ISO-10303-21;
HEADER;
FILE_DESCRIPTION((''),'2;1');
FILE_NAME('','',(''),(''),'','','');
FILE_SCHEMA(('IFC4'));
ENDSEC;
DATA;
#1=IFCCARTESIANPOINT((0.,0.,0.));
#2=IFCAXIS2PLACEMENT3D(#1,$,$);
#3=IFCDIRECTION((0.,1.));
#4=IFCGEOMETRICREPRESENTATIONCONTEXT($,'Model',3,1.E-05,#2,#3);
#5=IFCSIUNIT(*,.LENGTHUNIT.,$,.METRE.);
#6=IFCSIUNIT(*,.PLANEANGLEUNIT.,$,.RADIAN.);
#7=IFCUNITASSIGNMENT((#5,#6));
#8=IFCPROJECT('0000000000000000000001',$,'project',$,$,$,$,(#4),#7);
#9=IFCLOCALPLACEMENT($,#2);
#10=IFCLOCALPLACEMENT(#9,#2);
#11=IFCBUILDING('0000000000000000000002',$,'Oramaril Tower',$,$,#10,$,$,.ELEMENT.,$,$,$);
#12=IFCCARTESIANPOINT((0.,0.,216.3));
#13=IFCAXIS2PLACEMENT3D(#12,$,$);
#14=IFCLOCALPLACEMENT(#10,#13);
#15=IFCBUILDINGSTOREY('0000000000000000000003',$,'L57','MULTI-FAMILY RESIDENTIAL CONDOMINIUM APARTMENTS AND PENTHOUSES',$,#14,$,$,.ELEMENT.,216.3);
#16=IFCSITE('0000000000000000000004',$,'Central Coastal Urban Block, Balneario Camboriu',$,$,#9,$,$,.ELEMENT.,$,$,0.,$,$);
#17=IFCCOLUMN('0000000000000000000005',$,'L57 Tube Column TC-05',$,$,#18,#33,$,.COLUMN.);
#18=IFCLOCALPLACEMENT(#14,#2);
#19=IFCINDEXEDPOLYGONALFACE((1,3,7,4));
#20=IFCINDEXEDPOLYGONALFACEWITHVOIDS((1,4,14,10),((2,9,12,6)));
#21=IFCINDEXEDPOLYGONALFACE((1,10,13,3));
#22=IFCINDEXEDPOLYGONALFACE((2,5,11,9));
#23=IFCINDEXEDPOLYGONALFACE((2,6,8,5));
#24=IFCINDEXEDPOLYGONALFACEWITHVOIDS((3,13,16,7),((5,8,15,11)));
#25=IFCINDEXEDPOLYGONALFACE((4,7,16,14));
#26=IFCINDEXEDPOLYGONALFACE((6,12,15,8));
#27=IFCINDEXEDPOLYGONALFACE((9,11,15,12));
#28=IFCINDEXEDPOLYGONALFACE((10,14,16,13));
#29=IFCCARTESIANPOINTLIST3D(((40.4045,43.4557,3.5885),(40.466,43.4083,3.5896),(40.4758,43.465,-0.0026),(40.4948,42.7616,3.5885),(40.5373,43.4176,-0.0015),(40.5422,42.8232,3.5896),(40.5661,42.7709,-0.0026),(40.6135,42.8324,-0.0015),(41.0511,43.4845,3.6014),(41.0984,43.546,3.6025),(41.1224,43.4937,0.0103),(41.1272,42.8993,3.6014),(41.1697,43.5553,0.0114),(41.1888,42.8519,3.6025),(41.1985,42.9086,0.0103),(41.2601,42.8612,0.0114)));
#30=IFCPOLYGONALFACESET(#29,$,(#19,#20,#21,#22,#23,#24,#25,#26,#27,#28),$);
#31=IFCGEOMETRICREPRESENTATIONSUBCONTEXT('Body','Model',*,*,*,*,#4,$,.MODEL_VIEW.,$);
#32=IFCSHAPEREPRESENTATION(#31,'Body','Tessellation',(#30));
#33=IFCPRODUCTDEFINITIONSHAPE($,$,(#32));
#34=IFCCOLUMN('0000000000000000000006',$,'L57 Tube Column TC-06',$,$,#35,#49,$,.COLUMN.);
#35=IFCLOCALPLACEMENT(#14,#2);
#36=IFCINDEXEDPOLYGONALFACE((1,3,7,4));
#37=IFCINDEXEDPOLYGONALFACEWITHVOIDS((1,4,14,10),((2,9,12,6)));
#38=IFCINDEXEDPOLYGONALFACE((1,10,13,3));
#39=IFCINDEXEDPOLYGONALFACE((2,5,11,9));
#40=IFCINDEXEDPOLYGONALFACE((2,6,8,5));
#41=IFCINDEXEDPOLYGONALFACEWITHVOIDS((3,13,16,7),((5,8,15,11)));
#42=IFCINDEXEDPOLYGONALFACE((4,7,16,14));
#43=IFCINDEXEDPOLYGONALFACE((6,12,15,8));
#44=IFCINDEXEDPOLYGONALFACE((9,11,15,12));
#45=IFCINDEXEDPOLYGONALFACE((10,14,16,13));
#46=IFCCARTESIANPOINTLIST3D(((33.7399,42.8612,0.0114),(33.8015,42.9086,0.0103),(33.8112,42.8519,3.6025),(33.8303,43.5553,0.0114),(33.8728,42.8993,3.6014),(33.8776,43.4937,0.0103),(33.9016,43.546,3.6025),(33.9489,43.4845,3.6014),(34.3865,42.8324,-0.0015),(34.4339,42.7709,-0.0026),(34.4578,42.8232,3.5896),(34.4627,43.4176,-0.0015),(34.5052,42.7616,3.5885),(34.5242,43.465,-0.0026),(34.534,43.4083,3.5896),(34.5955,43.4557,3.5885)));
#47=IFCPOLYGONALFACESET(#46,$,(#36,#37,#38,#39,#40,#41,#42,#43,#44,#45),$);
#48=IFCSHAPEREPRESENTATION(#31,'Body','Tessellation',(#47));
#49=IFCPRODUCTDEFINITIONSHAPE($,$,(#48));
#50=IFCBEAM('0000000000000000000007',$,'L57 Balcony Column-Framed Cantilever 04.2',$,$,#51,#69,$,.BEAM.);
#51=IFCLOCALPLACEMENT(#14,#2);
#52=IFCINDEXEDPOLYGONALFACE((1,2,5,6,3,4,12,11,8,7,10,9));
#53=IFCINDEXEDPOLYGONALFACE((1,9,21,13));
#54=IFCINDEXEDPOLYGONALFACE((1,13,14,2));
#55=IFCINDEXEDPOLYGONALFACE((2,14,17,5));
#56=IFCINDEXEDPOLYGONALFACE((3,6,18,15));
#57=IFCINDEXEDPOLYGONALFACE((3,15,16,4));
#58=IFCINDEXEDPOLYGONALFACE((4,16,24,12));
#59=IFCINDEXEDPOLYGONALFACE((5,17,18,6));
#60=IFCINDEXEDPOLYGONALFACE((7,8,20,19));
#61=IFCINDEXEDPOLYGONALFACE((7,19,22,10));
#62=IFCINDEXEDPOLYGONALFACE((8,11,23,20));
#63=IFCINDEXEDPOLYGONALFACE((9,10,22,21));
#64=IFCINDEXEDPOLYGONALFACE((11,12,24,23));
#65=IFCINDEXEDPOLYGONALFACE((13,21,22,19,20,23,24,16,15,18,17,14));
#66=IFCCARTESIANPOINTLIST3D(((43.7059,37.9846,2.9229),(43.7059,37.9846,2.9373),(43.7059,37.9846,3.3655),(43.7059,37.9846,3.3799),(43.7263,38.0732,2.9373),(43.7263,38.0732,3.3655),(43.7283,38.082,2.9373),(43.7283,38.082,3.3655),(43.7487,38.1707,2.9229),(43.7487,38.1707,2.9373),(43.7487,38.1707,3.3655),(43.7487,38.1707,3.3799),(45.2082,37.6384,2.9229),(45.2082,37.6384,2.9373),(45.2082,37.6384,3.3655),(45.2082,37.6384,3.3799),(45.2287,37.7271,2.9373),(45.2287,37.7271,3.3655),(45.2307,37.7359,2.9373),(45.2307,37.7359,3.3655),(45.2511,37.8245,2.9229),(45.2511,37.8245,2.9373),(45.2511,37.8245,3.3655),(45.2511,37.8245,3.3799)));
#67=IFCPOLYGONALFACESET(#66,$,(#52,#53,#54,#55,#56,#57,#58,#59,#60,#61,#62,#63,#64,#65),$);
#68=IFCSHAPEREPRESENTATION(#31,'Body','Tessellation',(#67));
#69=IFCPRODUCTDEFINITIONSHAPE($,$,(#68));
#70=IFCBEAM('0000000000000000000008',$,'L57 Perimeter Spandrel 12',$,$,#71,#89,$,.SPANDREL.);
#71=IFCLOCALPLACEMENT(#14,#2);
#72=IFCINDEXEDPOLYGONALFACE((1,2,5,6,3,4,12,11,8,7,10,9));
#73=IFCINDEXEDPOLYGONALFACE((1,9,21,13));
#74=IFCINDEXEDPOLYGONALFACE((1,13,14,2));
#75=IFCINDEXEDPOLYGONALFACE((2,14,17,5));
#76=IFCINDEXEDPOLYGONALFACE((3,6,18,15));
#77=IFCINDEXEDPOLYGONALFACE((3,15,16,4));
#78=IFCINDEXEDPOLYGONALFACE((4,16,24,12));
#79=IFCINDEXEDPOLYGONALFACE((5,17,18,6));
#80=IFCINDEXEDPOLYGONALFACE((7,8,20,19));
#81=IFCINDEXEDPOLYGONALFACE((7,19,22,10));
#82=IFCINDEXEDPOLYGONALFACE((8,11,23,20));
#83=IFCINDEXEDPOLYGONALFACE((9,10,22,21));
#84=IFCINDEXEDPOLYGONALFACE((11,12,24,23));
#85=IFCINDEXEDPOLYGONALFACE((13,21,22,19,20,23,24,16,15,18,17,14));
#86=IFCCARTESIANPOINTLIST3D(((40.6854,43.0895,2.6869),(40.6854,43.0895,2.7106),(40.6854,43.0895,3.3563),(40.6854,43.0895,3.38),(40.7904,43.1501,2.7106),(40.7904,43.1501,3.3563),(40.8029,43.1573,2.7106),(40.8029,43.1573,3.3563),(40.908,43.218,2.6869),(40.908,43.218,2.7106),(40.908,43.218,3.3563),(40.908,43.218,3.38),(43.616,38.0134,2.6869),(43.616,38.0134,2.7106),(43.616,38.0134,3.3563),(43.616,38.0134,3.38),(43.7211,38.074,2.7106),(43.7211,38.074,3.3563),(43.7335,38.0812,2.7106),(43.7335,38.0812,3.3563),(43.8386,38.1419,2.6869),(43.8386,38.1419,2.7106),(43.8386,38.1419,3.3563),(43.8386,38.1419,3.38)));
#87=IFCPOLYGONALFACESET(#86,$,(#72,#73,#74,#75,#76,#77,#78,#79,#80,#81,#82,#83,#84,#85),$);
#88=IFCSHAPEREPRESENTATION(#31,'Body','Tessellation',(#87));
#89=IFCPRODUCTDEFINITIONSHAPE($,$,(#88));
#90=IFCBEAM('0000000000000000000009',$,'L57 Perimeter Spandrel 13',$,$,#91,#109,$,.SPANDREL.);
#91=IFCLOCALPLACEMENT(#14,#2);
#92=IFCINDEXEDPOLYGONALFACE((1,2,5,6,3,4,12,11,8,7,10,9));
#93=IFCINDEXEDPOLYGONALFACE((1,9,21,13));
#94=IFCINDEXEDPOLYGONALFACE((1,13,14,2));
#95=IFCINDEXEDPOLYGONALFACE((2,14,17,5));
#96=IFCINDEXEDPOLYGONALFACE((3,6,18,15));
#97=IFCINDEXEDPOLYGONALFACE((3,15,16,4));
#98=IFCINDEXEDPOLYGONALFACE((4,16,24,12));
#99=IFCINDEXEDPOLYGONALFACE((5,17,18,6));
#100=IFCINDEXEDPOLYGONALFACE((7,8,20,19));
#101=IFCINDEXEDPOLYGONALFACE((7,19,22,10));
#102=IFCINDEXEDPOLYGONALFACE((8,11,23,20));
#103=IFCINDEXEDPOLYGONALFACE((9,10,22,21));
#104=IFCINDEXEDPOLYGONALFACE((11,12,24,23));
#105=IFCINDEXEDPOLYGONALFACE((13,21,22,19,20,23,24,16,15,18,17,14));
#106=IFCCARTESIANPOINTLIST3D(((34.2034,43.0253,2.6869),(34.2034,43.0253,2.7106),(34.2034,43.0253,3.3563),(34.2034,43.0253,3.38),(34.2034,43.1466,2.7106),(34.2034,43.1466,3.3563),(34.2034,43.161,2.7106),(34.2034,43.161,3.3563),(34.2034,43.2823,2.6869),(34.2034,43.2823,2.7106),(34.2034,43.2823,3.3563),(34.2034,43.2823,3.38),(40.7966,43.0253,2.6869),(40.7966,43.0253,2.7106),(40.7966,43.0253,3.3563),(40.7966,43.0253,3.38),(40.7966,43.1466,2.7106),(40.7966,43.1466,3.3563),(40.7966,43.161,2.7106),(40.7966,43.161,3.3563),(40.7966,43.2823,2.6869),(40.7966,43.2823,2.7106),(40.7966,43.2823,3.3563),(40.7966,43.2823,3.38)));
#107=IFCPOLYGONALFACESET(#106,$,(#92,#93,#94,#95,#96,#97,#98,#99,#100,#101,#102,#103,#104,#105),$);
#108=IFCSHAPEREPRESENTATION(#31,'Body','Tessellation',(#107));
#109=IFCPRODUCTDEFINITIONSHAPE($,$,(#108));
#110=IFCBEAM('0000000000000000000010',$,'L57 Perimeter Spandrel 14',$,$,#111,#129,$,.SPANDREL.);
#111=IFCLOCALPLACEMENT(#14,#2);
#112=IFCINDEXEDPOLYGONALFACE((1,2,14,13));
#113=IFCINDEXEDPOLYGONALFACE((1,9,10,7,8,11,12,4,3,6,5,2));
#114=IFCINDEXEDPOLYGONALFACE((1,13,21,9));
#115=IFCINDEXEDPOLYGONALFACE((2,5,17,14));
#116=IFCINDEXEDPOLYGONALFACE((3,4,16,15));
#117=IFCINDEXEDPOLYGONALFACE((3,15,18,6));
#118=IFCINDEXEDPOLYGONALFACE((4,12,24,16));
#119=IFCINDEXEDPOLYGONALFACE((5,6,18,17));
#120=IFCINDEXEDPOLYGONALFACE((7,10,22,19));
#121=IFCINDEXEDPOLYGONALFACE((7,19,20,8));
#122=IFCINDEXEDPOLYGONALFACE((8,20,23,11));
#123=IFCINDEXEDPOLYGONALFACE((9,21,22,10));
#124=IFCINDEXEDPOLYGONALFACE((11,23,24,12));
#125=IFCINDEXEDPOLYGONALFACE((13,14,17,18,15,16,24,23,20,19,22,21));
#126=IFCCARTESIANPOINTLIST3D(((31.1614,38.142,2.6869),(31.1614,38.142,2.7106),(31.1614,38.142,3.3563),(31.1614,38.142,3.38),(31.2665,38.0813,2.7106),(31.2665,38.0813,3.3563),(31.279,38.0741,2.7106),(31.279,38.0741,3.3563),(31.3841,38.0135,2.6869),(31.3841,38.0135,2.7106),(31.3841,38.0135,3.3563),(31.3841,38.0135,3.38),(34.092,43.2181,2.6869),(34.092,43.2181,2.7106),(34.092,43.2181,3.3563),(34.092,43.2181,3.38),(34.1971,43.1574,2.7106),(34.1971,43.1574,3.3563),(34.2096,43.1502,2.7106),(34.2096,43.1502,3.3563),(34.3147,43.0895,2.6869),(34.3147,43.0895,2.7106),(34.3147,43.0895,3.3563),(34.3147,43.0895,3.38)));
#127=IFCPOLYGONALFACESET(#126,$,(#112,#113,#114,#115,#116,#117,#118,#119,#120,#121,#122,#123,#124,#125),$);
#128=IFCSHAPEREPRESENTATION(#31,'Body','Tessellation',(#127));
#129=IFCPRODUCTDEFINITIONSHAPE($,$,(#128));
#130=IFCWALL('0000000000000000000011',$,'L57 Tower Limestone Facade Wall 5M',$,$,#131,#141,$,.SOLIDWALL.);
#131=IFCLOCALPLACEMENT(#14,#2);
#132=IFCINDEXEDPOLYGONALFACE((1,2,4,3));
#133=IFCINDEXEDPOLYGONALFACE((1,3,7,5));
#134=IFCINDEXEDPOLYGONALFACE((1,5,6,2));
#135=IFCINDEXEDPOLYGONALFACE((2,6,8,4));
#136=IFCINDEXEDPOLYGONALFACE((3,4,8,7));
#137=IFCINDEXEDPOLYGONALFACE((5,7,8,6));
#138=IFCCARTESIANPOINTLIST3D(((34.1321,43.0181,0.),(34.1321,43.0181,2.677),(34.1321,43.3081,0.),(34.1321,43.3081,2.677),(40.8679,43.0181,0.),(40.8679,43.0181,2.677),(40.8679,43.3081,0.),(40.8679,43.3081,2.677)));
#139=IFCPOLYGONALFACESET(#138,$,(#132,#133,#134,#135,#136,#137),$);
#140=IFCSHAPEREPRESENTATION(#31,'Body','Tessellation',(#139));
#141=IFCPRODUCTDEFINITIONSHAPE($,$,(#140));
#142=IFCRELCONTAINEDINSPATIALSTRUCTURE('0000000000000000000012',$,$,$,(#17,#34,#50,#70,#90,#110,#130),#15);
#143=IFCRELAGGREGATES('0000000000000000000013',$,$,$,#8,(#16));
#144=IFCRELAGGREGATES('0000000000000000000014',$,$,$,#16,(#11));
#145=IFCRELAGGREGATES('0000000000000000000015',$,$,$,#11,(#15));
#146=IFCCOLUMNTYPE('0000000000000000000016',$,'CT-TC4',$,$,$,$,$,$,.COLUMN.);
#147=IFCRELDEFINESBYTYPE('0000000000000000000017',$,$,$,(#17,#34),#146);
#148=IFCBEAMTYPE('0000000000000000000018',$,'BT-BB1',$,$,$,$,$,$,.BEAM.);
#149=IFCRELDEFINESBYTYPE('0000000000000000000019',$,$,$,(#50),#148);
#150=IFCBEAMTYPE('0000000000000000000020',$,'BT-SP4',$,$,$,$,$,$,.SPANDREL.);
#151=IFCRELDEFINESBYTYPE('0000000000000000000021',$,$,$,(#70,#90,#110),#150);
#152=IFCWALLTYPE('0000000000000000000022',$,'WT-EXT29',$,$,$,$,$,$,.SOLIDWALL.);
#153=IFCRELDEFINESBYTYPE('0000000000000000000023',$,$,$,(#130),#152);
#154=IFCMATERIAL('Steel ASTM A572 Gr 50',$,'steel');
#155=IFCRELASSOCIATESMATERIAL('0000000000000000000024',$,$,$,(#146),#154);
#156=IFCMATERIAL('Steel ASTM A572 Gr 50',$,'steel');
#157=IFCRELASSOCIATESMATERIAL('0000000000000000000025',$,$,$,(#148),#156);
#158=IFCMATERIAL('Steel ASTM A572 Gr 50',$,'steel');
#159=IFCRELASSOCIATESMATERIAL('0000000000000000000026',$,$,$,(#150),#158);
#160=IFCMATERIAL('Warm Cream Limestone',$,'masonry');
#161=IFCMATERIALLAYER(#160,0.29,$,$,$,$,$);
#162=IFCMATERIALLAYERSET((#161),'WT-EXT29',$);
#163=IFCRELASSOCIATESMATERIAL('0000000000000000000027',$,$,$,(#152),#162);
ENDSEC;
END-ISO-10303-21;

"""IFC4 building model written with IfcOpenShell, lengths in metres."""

from ifc_helpers import new_model, si_unit, direction, frame, frame_2d, origin, origin_2d, place, context, subcontext, project, spatial, rectangle, hollow_rectangle, i_section, extrude, material, layer, layer_set, material_profile, profile_set, type_object, element, save


model = new_model("IFC4")

# Units and contexts
model_context = context("Model", 3, precision=1e-05, world=origin(), true_north=direction((0.0, 1.0)))
body_context = subcontext(model_context, "Body", "Model", "MODEL_VIEW")
ifc_project = project(units=[si_unit("LENGTHUNIT", "METRE"), si_unit("PLANEANGLEUNIT", "RADIAN")], contexts=[model_context])

# Site, building, storey
site_placement = place(None, origin())
site = spatial("IfcSite", under=ifc_project, at=site_placement, Name="Central Coastal Urban Block, Balneario Camboriu", CompositionType="ELEMENT", RefElevation=0.0)
building_placement = place(site_placement, origin())
building = spatial("IfcBuilding", under=site, at=building_placement, Name="Oramaril Tower", CompositionType="ELEMENT")
storey_placement = place(building_placement, frame((0.0, 0.0, 216.3)))
storey = spatial("IfcBuildingStorey", under=building, at=storey_placement, Name="L57", Description="MULTI-FAMILY RESIDENTIAL CONDOMINIUM APARTMENTS AND PENTHOUSES", CompositionType="ELEMENT", Elevation=216.3)

# Columns
ifc_material_1 = material(Name="Steel ASTM A572 Gr 50", Category="steel")
ifc_material_profile_1 = material_profile(ifc_material_1, hollow_rectangle(XDim=0.7, YDim=0.7, WallThickness=0.0549, at=origin_2d()), Name="BOX700X700X55")
ifc_profile_set_1 = profile_set([ifc_material_profile_1], Name="Steel ASTM A572 Gr 50")
column_type = type_object("IfcColumnType", Name="CT-TC4", PredefinedType="COLUMN", material=ifc_profile_set_1)
for number, where, z_axis, x_axis, name in (
    (1, (40.8679, 43.1631, 0.0044), (-0.019848, -0.002583, 0.9998), (0.129049, -0.991638, 0.0), "L57 Tube Column TC-05"),
    (2, (34.1321, 43.1631, 0.0044), (0.019848, -0.002583, 0.9998), (0.129049, 0.991638, 0.0), "L57 Tube Column TC-06"),
):
    element("IfcColumn", number, at=place(storey_placement, frame(where, z_axis=z_axis, x_axis=x_axis)), inside=storey, type_object=column_type, Name=name, PredefinedType="COLUMN", context=body_context, shape_type="SweptSolid", body=[
        extrude(hollow_rectangle(XDim=0.7, YDim=0.7, WallThickness=0.0549, at=origin_2d()), origin(), (0.0, 0.0, 1.0), 3.5918),
    ])

# Beams
ifc_material_2 = material(Name="Steel ASTM A572 Gr 50", Category="steel")
ifc_material_profile_2 = material_profile(ifc_material_2, i_section(OverallWidth=0.1909, OverallDepth=0.457, WebThickness=0.009, FlangeThickness=0.0144, at=origin_2d()), Name="W18X50")
ifc_profile_set_2 = profile_set([ifc_material_profile_2], Name="Steel ASTM A572 Gr 50")
beam_type_1 = type_object("IfcBeamType", Name="BT-BB1", PredefinedType="BEAM", material=ifc_profile_set_2)
beam_1_placement = place(storey_placement, frame((43.7273, 38.0776, 3.1514), z_axis=(0.974466, -0.224536, 0.0), x_axis=(0.224536, 0.974466, 0.0)))
element("IfcBeam", 3, at=beam_1_placement, inside=storey, type_object=beam_type_1, Name="L57 Balcony Column-Framed Cantilever 04.2", PredefinedType="BEAM", context=body_context, shape_type="SweptSolid", body=[
    extrude(i_section(OverallWidth=0.1909, OverallDepth=0.457, WebThickness=0.009, FlangeThickness=0.0144, at=origin_2d()), origin(), (0.0, 0.0, 1.0), 1.5417),
])
ifc_material_3 = material(Name="Steel ASTM A572 Gr 50", Category="steel")
ifc_material_profile_3 = material_profile(ifc_material_3, i_section(OverallWidth=0.2571, OverallDepth=0.6931, WebThickness=0.0144, FlangeThickness=0.0237, at=origin_2d()), Name="W27X114")
ifc_profile_set_3 = profile_set([ifc_material_profile_3], Name="Steel ASTM A572 Gr 50")
beam_type_2 = type_object("IfcBeamType", Name="BT-SP4", PredefinedType="SPANDREL", material=ifc_profile_set_3)
beam_2_placement = place(storey_placement, frame((43.7273, 38.0776, 3.0334), z_axis=(-0.499992, 0.86603, 0.0), x_axis=(-0.86603, -0.499992, 0.0)))
element("IfcBeam", 4, at=beam_2_placement, inside=storey, type_object=beam_type_2, Name="L57 Perimeter Spandrel 12", PredefinedType="SPANDREL", context=body_context, shape_type="SweptSolid", body=[
    extrude(i_section(OverallWidth=0.2571, OverallDepth=0.6931, WebThickness=0.0144, FlangeThickness=0.0237, at=origin_2d()), origin(), (0.0, 0.0, 1.0), 5.8613),
])
beam_3_placement = place(storey_placement, frame((40.7966, 43.1538, 3.0334), z_axis=(-1.0, 0.0, 0.0), x_axis=(0.0, -1.0, 0.0)))
element("IfcBeam", 5, at=beam_3_placement, inside=storey, type_object=beam_type_2, Name="L57 Perimeter Spandrel 13", PredefinedType="SPANDREL", context=body_context, shape_type="SweptSolid", body=[
    extrude(i_section(OverallWidth=0.2571, OverallDepth=0.6931, WebThickness=0.0144, FlangeThickness=0.0237, at=origin_2d()), origin(), (0.0, 0.0, 1.0), 6.5933),
])
beam_4_placement = place(storey_placement, frame((34.2034, 43.1538, 3.0334), z_axis=(-0.499992, -0.86603, 0.0), x_axis=(0.86603, -0.499992, 0.0)))
element("IfcBeam", 6, at=beam_4_placement, inside=storey, type_object=beam_type_2, Name="L57 Perimeter Spandrel 14", PredefinedType="SPANDREL", context=body_context, shape_type="SweptSolid", body=[
    extrude(i_section(OverallWidth=0.2571, OverallDepth=0.6931, WebThickness=0.0144, FlangeThickness=0.0237, at=origin_2d()), origin(), (0.0, 0.0, 1.0), 5.8613),
])

# Wall
ifc_material_4 = material(Name="Warm Cream Limestone", Category="masonry")
ifc_layer_1 = layer(ifc_material_4, 0.29)
ifc_layer_set_1 = layer_set([ifc_layer_1], Name="WT-EXT29")
wall_type_1 = type_object("IfcWallType", Name="WT-EXT29", PredefinedType="SOLIDWALL", material=ifc_layer_set_1)
wall_1_placement = place(storey_placement, frame((40.8679, 43.1631, 0.0), z_axis=(0.0, 0.0, 1.0), x_axis=(-1.0, 0.0, 0.0)))
element("IfcWall", 7, at=wall_1_placement, inside=storey, type_object=wall_type_1, Name="L57 Tower Limestone Facade Wall 5M", PredefinedType="SOLIDWALL", context=body_context, shape_type="SweptSolid", body=[
    extrude(rectangle(XDim=6.7358, YDim=0.29, at=frame_2d((3.3679, 0.0))), origin(), (0.0, 0.0, 1.0), 2.677),
])

save(model, "model.ifc")
